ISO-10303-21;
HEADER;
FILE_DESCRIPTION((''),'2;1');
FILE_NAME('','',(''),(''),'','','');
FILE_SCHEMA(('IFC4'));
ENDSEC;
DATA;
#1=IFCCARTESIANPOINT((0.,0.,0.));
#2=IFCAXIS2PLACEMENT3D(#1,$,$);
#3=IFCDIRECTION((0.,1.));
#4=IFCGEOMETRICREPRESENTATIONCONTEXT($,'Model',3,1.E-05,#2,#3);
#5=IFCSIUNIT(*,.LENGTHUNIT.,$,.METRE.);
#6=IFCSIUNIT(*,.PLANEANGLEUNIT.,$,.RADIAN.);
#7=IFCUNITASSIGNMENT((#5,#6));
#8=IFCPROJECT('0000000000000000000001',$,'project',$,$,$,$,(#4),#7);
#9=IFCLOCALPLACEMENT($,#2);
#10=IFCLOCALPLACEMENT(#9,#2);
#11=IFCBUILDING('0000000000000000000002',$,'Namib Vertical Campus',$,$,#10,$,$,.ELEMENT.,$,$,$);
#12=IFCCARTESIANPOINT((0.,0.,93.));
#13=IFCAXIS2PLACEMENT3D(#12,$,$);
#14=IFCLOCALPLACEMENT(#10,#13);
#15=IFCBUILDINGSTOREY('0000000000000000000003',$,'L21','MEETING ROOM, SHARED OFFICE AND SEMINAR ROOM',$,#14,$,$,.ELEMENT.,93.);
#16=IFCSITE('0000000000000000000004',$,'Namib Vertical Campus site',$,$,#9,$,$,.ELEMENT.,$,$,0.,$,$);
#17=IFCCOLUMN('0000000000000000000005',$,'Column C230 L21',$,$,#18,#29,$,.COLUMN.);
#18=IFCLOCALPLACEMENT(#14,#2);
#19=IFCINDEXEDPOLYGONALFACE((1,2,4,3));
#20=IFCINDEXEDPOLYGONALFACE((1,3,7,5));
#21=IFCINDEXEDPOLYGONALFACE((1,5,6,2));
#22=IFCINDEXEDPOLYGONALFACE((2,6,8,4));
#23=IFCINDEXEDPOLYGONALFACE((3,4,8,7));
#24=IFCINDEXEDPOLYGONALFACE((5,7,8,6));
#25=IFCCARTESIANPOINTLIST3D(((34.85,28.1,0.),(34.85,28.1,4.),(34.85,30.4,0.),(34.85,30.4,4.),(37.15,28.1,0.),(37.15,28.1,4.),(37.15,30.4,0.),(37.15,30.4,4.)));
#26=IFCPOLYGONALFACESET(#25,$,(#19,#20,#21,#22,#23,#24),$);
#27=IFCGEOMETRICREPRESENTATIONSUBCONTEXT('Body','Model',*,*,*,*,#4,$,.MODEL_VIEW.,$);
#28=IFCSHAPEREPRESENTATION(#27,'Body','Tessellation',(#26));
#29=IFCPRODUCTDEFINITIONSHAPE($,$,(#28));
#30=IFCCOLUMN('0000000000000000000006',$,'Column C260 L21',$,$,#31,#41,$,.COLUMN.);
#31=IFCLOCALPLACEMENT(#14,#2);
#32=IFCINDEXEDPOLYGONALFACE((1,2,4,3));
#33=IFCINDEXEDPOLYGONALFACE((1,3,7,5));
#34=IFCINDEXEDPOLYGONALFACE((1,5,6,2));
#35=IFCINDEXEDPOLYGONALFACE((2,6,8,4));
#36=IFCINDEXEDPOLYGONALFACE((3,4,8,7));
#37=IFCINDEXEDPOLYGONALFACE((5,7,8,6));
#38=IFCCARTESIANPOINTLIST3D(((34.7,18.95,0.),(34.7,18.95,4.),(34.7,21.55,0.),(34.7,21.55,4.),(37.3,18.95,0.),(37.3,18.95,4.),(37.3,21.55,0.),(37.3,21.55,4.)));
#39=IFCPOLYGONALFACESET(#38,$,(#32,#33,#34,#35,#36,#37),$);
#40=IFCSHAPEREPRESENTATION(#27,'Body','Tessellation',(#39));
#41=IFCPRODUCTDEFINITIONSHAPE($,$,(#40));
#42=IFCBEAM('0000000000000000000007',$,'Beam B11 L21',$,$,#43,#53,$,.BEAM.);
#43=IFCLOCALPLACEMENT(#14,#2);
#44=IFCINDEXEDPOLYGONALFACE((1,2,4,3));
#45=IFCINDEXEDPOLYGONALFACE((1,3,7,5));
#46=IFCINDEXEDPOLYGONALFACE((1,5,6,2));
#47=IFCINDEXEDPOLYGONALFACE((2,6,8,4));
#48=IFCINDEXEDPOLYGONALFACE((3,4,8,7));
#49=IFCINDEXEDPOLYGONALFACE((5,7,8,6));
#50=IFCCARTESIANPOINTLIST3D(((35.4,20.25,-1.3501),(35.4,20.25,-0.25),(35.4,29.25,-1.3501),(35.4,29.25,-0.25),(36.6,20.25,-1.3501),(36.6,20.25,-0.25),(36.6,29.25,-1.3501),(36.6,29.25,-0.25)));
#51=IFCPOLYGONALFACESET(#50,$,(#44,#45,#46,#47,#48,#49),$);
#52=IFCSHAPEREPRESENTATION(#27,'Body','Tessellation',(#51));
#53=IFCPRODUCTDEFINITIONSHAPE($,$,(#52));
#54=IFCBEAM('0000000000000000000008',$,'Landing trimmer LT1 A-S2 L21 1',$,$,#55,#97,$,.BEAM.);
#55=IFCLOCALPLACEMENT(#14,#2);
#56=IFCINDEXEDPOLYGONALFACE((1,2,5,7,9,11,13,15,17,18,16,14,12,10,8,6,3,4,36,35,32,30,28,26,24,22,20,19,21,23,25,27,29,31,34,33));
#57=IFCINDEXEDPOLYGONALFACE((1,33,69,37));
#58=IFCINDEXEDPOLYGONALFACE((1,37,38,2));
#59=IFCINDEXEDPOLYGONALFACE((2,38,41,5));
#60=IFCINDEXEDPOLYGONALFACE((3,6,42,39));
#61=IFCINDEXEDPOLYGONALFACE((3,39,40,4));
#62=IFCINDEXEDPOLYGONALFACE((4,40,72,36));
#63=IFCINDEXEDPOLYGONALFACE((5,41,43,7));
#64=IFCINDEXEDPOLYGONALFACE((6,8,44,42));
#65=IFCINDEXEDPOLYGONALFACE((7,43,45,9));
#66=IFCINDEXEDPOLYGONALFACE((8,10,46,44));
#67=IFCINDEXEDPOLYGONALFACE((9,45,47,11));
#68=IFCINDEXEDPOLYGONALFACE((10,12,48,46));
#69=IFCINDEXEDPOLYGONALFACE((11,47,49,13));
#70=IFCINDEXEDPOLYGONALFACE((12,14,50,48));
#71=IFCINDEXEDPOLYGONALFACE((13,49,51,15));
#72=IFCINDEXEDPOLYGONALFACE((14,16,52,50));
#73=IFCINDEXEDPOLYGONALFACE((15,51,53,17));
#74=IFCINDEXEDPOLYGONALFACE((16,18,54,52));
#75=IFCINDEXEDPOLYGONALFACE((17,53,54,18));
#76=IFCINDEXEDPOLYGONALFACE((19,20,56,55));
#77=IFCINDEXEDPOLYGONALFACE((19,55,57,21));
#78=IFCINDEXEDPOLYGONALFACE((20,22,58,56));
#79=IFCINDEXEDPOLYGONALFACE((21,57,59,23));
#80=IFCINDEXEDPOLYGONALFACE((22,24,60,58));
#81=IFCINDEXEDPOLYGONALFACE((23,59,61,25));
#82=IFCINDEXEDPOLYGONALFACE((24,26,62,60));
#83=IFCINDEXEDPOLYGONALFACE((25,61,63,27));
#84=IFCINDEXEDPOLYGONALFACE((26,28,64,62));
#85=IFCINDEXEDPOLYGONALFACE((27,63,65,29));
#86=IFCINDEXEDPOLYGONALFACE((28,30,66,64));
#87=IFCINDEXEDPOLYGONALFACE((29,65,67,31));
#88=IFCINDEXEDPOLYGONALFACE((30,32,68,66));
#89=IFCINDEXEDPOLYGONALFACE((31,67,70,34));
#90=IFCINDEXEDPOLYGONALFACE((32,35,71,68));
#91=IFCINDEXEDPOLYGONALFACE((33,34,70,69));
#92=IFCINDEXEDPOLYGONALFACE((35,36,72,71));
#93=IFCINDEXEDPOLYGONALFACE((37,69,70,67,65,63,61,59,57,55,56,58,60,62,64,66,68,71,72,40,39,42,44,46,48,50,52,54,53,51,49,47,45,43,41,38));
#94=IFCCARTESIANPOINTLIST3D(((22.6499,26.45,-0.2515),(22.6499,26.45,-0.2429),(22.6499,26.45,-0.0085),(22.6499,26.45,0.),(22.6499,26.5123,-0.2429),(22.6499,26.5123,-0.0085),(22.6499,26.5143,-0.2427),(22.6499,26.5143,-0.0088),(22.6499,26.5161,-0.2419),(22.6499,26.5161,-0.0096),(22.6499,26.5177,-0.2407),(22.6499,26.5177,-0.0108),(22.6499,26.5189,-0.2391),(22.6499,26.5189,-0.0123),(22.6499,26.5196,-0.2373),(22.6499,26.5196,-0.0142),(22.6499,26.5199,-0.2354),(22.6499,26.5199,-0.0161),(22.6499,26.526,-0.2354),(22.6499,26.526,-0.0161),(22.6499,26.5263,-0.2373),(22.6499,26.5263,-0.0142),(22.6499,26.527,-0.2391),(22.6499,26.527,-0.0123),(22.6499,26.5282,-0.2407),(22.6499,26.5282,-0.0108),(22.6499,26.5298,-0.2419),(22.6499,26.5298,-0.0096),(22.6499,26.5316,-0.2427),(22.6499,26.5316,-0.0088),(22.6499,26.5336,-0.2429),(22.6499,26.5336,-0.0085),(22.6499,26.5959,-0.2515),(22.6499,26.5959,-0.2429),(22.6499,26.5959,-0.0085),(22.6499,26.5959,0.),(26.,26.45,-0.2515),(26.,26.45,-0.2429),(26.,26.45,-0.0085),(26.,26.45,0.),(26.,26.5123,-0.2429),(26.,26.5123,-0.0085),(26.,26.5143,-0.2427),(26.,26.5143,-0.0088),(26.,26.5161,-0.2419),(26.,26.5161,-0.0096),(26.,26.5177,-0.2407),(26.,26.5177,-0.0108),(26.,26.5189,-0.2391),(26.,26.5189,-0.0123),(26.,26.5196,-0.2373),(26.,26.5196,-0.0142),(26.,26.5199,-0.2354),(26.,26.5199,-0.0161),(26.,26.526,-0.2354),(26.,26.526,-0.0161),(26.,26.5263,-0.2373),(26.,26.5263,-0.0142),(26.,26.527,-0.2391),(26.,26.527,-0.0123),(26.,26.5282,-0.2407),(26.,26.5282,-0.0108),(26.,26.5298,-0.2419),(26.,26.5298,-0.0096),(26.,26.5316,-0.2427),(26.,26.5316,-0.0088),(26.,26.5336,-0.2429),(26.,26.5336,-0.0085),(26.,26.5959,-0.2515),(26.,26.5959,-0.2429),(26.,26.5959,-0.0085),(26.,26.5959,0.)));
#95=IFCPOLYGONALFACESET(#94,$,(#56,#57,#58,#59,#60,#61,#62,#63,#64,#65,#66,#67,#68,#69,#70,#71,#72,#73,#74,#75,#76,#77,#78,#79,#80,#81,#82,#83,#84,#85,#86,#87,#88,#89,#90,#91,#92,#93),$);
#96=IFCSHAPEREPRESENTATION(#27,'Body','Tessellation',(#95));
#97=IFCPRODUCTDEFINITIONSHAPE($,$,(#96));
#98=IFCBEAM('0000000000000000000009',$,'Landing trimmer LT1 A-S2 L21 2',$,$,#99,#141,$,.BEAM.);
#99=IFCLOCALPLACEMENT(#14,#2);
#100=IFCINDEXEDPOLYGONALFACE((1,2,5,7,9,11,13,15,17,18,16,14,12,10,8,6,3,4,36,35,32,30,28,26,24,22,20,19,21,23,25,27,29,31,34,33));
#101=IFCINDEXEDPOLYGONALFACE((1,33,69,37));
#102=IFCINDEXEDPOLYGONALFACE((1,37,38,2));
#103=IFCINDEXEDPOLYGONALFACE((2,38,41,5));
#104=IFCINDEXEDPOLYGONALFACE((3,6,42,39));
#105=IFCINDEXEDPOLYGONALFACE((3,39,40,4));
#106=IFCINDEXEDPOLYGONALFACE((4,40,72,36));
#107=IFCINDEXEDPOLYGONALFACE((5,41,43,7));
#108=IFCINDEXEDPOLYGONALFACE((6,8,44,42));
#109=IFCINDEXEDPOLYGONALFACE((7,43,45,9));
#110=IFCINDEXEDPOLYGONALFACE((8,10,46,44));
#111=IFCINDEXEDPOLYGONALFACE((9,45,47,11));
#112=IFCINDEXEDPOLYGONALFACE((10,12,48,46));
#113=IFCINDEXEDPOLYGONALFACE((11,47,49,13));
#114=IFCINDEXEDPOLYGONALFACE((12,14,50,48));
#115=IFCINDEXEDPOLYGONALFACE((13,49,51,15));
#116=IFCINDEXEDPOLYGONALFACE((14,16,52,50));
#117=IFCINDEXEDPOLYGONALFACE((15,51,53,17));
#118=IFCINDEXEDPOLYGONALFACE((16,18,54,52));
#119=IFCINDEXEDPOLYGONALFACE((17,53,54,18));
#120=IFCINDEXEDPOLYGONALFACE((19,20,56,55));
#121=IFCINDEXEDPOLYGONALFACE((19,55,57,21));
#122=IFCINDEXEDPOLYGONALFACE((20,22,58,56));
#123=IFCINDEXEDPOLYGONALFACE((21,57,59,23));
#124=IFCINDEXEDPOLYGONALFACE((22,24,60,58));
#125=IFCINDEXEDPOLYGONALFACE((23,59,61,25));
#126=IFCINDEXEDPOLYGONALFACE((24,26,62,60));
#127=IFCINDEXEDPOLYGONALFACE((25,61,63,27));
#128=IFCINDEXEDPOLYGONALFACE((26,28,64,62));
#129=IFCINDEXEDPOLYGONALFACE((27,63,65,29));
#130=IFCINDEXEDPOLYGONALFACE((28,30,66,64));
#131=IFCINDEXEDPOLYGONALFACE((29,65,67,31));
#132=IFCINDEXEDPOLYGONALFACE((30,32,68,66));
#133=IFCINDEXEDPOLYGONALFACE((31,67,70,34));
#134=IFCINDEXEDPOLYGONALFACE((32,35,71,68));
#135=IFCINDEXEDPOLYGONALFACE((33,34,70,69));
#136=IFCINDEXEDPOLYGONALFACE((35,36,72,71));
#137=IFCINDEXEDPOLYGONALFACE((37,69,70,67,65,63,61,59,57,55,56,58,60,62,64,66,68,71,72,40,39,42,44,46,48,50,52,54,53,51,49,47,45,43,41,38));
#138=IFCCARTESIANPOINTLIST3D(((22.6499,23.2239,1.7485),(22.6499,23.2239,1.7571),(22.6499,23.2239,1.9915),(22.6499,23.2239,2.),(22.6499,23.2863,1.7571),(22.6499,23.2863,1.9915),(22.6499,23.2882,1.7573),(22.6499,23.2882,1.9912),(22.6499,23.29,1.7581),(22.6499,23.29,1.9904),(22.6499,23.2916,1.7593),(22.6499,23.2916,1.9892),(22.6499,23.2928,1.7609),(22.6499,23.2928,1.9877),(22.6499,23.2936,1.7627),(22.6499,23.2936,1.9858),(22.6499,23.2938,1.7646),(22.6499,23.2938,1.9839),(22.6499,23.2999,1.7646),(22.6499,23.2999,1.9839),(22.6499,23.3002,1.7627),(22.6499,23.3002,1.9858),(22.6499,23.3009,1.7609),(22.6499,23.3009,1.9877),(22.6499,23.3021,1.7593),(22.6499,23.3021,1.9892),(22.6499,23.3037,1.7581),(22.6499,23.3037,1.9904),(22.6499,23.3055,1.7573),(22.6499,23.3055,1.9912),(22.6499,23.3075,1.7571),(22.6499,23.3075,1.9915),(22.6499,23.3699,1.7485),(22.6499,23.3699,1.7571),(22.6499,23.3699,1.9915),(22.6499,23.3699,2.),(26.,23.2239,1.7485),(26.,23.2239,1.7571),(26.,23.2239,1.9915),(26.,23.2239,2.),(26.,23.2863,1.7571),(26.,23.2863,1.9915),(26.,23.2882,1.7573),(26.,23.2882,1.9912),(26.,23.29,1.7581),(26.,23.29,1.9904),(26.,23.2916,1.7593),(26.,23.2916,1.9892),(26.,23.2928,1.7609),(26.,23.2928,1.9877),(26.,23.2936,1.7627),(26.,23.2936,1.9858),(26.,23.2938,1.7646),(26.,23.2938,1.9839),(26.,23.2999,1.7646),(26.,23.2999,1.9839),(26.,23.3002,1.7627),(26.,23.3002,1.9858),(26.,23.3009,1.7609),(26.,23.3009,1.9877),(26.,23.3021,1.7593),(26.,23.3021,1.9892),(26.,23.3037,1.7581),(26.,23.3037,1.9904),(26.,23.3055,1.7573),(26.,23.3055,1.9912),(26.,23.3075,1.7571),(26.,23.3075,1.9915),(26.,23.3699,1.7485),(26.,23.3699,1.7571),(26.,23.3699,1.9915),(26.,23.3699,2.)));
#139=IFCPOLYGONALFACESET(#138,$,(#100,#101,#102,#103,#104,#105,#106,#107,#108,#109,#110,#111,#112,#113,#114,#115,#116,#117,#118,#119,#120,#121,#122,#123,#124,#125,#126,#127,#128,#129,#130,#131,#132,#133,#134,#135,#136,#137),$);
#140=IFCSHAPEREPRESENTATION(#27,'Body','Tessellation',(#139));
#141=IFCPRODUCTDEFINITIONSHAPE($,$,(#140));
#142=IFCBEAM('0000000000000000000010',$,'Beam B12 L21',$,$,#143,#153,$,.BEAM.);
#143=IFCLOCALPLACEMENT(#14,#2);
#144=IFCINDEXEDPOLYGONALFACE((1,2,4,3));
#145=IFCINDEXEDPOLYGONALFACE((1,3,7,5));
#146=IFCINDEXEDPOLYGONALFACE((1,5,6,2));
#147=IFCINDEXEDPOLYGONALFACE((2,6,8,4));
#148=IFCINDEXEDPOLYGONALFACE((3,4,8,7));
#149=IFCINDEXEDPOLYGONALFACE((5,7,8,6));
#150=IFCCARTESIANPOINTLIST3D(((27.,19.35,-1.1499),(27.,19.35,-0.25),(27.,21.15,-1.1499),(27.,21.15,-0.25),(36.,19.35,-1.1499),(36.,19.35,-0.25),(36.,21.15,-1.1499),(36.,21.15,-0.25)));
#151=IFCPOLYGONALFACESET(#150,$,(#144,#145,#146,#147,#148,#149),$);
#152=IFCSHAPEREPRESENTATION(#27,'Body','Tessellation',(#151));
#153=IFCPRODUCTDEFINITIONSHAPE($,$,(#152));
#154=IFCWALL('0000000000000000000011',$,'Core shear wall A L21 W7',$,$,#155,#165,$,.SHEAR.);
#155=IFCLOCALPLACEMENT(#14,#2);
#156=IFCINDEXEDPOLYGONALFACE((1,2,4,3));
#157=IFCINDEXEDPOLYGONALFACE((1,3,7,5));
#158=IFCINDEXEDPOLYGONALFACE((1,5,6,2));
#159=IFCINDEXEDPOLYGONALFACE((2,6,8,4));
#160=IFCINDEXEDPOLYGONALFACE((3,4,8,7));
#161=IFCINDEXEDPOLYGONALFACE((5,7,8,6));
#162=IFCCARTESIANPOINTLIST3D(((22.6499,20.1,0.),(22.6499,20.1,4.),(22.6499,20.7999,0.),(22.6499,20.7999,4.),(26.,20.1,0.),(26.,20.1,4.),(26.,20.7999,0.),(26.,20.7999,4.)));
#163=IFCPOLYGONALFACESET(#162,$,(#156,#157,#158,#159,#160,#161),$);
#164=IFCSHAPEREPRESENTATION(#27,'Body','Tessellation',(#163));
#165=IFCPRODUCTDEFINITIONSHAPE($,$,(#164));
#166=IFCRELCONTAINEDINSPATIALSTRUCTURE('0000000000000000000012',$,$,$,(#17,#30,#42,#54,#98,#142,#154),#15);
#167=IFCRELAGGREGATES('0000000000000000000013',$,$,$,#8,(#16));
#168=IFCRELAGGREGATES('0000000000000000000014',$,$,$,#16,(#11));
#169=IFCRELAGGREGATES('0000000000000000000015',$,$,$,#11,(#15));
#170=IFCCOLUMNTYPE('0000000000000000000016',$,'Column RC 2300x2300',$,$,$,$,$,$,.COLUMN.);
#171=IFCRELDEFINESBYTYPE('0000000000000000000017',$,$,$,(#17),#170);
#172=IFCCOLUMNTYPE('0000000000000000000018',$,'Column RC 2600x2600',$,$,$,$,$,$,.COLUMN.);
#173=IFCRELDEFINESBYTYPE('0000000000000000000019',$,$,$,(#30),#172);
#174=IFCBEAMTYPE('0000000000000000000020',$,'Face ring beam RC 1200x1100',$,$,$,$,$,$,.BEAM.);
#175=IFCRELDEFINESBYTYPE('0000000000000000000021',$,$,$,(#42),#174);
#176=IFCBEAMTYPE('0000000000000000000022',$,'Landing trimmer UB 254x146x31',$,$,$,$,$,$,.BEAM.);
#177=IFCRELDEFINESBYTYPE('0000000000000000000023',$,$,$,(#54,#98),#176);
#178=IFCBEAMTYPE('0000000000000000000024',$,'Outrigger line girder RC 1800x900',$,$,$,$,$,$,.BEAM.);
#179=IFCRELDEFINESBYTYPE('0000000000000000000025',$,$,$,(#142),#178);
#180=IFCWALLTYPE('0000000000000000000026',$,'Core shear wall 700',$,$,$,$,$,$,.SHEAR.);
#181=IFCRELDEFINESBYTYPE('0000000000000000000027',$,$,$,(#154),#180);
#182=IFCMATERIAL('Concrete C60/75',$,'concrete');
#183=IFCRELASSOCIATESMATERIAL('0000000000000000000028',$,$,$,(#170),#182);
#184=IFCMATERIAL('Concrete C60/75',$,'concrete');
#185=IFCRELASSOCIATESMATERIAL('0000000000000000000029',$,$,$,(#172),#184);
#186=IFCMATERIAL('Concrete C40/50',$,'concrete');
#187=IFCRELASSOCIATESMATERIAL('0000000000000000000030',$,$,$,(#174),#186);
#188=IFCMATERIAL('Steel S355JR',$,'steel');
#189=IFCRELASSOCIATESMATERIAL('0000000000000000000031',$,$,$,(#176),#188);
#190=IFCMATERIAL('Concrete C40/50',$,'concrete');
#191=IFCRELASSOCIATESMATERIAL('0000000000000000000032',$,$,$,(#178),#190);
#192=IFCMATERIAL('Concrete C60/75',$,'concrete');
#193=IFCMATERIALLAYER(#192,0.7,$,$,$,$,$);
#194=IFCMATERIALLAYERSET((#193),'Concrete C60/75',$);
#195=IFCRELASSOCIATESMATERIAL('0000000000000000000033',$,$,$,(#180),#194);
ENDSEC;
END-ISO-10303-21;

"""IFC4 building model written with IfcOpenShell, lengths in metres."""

from ifc_helpers import new_model, si_unit, direction, frame, frame_2d, origin, origin_2d, place, context, subcontext, project, spatial, rectangle, i_section, extrude, material, layer, layer_set, material_profile, profile_set, type_object, element, save


model = new_model("IFC4")

# Units and contexts
model_context = context("Model", 3, precision=1e-05, world=origin(), true_north=direction((0.0, 1.0)))
body_context = subcontext(model_context, "Body", "Model", "MODEL_VIEW")
ifc_project = project(units=[si_unit("LENGTHUNIT", "METRE"), si_unit("PLANEANGLEUNIT", "RADIAN")], contexts=[model_context])

# Site, building, storey
site_placement = place(None, origin())
site = spatial("IfcSite", under=ifc_project, at=site_placement, Name="Namib Vertical Campus site", CompositionType="ELEMENT", RefElevation=0.0)
building_placement = place(site_placement, origin())
building = spatial("IfcBuilding", under=site, at=building_placement, Name="Namib Vertical Campus", CompositionType="ELEMENT")
storey_placement = place(building_placement, frame((0.0, 0.0, 93.0)))
storey = spatial("IfcBuildingStorey", under=building, at=storey_placement, Name="L21", Description="MEETING ROOM, SHARED OFFICE AND SEMINAR ROOM", CompositionType="ELEMENT", Elevation=93.0)

# Columns
ifc_material_1 = material(Name="Concrete C60/75", Category="concrete")
ifc_material_profile_1 = material_profile(ifc_material_1, rectangle(XDim=2.3, YDim=2.3, at=origin_2d()))
ifc_profile_set_1 = profile_set([ifc_material_profile_1], Name="Concrete C60/75")
column_type_1 = type_object("IfcColumnType", Name="Column RC 2300x2300", PredefinedType="COLUMN", material=ifc_profile_set_1)
column_1_placement = place(storey_placement, frame((36.0, 29.25, 0.0), z_axis=(0.0, 0.0, 1.0), x_axis=(1.0, 0.0, 0.0)))
element("IfcColumn", 1, at=column_1_placement, inside=storey, type_object=column_type_1, Name="Column C230 L21", PredefinedType="COLUMN", context=body_context, shape_type="SweptSolid", body=[
    extrude(rectangle(XDim=2.3, YDim=2.3, at=origin_2d()), origin(), (0.0, 0.0, 1.0), 4.0),
])
ifc_material_2 = material(Name="Concrete C60/75", Category="concrete")
ifc_material_profile_2 = material_profile(ifc_material_2, rectangle(XDim=2.6001, YDim=2.6001, at=origin_2d()))
ifc_profile_set_2 = profile_set([ifc_material_profile_2], Name="Concrete C60/75")
column_type_2 = type_object("IfcColumnType", Name="Column RC 2600x2600", PredefinedType="COLUMN", material=ifc_profile_set_2)
column_2_placement = place(storey_placement, frame((36.0, 20.25, 0.0), z_axis=(0.0, 0.0, 1.0), x_axis=(1.0, 0.0, 0.0)))
element("IfcColumn", 2, at=column_2_placement, inside=storey, type_object=column_type_2, Name="Column C260 L21", PredefinedType="COLUMN", context=body_context, shape_type="SweptSolid", body=[
    extrude(rectangle(XDim=2.6001, YDim=2.6001, at=origin_2d()), origin(), (0.0, 0.0, 1.0), 4.0),
])

# Beams
ifc_material_3 = material(Name="Concrete C40/50", Category="concrete")
ifc_material_profile_3 = material_profile(ifc_material_3, rectangle(XDim=1.2, YDim=1.1001, at=origin_2d()))
ifc_profile_set_3 = profile_set([ifc_material_profile_3], Name="Concrete C40/50")
beam_type_1 = type_object("IfcBeamType", Name="Face ring beam RC 1200x1100", PredefinedType="BEAM", material=ifc_profile_set_3)
beam_1_placement = place(storey_placement, frame((36.0, 20.25, -0.8), z_axis=(0.0, 1.0, 0.0), x_axis=(-1.0, 0.0, 0.0)))
element("IfcBeam", 3, at=beam_1_placement, inside=storey, type_object=beam_type_1, Name="Beam B11 L21", PredefinedType="BEAM", context=body_context, shape_type="SweptSolid", body=[
    extrude(rectangle(XDim=1.2, YDim=1.1001, at=origin_2d()), origin(), (0.0, 0.0, 1.0), 9.0),
])
ifc_material_4 = material(Name="Steel S355JR", Category="steel")
ifc_material_profile_4 = material_profile(ifc_material_4, i_section(OverallWidth=0.146, OverallDepth=0.2515, WebThickness=0.0061, FlangeThickness=0.0085, FilletRadius=0.0076, at=origin_2d()))
ifc_profile_set_4 = profile_set([ifc_material_profile_4], Name="Steel S355JR")
beam_type_2 = type_object("IfcBeamType", Name="Landing trimmer UB 254x146x31", PredefinedType="BEAM", material=ifc_profile_set_4)
for number, where, z_axis, x_axis, name in (
    (4, (22.6499, 26.5229, -0.1257), (1.0, 0.0, 0.0), (0.0, 1.0, 0.0), "Landing trimmer LT1 A-S2 L21 1"),
    (5, (22.6499, 23.2969, 1.8743), (1.0, 0.0, 0.0), (0.0, 1.0, 0.0), "Landing trimmer LT1 A-S2 L21 2"),
):
    element("IfcBeam", number, at=place(storey_placement, frame(where, z_axis=z_axis, x_axis=x_axis)), inside=storey, type_object=beam_type_2, Name=name, PredefinedType="BEAM", context=body_context, shape_type="SweptSolid", body=[
        extrude(i_section(OverallWidth=0.146, OverallDepth=0.2515, WebThickness=0.0061, FlangeThickness=0.0085, FilletRadius=0.0076, at=origin_2d()), origin(), (0.0, 0.0, 1.0), 3.3501),
    ])
ifc_material_5 = material(Name="Concrete C40/50", Category="concrete")
ifc_material_profile_5 = material_profile(ifc_material_5, rectangle(XDim=1.8, YDim=0.8999, at=origin_2d()))
ifc_profile_set_5 = profile_set([ifc_material_profile_5], Name="Concrete C40/50")
beam_type_3 = type_object("IfcBeamType", Name="Outrigger line girder RC 1800x900", PredefinedType="BEAM", material=ifc_profile_set_5)
beam_2_placement = place(storey_placement, frame((36.0, 20.25, -0.7), z_axis=(-1.0, 0.0, 0.0), x_axis=(0.0, -1.0, 0.0)))
element("IfcBeam", 6, at=beam_2_placement, inside=storey, type_object=beam_type_3, Name="Beam B12 L21", PredefinedType="BEAM", context=body_context, shape_type="SweptSolid", body=[
    extrude(rectangle(XDim=1.8, YDim=0.8999, at=origin_2d()), origin(), (0.0, 0.0, 1.0), 9.0),
])

# Wall
ifc_material_6 = material(Name="Concrete C60/75", Category="concrete")
ifc_layer_1 = layer(ifc_material_6, 0.7)
ifc_layer_set_1 = layer_set([ifc_layer_1], Name="Concrete C60/75")
wall_type_1 = type_object("IfcWallType", Name="Core shear wall 700", PredefinedType="SHEAR", material=ifc_layer_set_1)
wall_1_placement = place(storey_placement, frame((22.6499, 20.45, 0.0), z_axis=(0.0, 0.0, 1.0), x_axis=(1.0, 0.0, 0.0)))
element("IfcWall", 7, at=wall_1_placement, inside=storey, type_object=wall_type_1, Name="Core shear wall A L21 W7", PredefinedType="SHEAR", context=body_context, shape_type="SweptSolid", body=[
    extrude(rectangle(XDim=3.3501, YDim=0.7, at=frame_2d((1.675, 0.0))), origin(), (0.0, 0.0, 1.0), 4.0),
])

save(model, "model.ifc")
